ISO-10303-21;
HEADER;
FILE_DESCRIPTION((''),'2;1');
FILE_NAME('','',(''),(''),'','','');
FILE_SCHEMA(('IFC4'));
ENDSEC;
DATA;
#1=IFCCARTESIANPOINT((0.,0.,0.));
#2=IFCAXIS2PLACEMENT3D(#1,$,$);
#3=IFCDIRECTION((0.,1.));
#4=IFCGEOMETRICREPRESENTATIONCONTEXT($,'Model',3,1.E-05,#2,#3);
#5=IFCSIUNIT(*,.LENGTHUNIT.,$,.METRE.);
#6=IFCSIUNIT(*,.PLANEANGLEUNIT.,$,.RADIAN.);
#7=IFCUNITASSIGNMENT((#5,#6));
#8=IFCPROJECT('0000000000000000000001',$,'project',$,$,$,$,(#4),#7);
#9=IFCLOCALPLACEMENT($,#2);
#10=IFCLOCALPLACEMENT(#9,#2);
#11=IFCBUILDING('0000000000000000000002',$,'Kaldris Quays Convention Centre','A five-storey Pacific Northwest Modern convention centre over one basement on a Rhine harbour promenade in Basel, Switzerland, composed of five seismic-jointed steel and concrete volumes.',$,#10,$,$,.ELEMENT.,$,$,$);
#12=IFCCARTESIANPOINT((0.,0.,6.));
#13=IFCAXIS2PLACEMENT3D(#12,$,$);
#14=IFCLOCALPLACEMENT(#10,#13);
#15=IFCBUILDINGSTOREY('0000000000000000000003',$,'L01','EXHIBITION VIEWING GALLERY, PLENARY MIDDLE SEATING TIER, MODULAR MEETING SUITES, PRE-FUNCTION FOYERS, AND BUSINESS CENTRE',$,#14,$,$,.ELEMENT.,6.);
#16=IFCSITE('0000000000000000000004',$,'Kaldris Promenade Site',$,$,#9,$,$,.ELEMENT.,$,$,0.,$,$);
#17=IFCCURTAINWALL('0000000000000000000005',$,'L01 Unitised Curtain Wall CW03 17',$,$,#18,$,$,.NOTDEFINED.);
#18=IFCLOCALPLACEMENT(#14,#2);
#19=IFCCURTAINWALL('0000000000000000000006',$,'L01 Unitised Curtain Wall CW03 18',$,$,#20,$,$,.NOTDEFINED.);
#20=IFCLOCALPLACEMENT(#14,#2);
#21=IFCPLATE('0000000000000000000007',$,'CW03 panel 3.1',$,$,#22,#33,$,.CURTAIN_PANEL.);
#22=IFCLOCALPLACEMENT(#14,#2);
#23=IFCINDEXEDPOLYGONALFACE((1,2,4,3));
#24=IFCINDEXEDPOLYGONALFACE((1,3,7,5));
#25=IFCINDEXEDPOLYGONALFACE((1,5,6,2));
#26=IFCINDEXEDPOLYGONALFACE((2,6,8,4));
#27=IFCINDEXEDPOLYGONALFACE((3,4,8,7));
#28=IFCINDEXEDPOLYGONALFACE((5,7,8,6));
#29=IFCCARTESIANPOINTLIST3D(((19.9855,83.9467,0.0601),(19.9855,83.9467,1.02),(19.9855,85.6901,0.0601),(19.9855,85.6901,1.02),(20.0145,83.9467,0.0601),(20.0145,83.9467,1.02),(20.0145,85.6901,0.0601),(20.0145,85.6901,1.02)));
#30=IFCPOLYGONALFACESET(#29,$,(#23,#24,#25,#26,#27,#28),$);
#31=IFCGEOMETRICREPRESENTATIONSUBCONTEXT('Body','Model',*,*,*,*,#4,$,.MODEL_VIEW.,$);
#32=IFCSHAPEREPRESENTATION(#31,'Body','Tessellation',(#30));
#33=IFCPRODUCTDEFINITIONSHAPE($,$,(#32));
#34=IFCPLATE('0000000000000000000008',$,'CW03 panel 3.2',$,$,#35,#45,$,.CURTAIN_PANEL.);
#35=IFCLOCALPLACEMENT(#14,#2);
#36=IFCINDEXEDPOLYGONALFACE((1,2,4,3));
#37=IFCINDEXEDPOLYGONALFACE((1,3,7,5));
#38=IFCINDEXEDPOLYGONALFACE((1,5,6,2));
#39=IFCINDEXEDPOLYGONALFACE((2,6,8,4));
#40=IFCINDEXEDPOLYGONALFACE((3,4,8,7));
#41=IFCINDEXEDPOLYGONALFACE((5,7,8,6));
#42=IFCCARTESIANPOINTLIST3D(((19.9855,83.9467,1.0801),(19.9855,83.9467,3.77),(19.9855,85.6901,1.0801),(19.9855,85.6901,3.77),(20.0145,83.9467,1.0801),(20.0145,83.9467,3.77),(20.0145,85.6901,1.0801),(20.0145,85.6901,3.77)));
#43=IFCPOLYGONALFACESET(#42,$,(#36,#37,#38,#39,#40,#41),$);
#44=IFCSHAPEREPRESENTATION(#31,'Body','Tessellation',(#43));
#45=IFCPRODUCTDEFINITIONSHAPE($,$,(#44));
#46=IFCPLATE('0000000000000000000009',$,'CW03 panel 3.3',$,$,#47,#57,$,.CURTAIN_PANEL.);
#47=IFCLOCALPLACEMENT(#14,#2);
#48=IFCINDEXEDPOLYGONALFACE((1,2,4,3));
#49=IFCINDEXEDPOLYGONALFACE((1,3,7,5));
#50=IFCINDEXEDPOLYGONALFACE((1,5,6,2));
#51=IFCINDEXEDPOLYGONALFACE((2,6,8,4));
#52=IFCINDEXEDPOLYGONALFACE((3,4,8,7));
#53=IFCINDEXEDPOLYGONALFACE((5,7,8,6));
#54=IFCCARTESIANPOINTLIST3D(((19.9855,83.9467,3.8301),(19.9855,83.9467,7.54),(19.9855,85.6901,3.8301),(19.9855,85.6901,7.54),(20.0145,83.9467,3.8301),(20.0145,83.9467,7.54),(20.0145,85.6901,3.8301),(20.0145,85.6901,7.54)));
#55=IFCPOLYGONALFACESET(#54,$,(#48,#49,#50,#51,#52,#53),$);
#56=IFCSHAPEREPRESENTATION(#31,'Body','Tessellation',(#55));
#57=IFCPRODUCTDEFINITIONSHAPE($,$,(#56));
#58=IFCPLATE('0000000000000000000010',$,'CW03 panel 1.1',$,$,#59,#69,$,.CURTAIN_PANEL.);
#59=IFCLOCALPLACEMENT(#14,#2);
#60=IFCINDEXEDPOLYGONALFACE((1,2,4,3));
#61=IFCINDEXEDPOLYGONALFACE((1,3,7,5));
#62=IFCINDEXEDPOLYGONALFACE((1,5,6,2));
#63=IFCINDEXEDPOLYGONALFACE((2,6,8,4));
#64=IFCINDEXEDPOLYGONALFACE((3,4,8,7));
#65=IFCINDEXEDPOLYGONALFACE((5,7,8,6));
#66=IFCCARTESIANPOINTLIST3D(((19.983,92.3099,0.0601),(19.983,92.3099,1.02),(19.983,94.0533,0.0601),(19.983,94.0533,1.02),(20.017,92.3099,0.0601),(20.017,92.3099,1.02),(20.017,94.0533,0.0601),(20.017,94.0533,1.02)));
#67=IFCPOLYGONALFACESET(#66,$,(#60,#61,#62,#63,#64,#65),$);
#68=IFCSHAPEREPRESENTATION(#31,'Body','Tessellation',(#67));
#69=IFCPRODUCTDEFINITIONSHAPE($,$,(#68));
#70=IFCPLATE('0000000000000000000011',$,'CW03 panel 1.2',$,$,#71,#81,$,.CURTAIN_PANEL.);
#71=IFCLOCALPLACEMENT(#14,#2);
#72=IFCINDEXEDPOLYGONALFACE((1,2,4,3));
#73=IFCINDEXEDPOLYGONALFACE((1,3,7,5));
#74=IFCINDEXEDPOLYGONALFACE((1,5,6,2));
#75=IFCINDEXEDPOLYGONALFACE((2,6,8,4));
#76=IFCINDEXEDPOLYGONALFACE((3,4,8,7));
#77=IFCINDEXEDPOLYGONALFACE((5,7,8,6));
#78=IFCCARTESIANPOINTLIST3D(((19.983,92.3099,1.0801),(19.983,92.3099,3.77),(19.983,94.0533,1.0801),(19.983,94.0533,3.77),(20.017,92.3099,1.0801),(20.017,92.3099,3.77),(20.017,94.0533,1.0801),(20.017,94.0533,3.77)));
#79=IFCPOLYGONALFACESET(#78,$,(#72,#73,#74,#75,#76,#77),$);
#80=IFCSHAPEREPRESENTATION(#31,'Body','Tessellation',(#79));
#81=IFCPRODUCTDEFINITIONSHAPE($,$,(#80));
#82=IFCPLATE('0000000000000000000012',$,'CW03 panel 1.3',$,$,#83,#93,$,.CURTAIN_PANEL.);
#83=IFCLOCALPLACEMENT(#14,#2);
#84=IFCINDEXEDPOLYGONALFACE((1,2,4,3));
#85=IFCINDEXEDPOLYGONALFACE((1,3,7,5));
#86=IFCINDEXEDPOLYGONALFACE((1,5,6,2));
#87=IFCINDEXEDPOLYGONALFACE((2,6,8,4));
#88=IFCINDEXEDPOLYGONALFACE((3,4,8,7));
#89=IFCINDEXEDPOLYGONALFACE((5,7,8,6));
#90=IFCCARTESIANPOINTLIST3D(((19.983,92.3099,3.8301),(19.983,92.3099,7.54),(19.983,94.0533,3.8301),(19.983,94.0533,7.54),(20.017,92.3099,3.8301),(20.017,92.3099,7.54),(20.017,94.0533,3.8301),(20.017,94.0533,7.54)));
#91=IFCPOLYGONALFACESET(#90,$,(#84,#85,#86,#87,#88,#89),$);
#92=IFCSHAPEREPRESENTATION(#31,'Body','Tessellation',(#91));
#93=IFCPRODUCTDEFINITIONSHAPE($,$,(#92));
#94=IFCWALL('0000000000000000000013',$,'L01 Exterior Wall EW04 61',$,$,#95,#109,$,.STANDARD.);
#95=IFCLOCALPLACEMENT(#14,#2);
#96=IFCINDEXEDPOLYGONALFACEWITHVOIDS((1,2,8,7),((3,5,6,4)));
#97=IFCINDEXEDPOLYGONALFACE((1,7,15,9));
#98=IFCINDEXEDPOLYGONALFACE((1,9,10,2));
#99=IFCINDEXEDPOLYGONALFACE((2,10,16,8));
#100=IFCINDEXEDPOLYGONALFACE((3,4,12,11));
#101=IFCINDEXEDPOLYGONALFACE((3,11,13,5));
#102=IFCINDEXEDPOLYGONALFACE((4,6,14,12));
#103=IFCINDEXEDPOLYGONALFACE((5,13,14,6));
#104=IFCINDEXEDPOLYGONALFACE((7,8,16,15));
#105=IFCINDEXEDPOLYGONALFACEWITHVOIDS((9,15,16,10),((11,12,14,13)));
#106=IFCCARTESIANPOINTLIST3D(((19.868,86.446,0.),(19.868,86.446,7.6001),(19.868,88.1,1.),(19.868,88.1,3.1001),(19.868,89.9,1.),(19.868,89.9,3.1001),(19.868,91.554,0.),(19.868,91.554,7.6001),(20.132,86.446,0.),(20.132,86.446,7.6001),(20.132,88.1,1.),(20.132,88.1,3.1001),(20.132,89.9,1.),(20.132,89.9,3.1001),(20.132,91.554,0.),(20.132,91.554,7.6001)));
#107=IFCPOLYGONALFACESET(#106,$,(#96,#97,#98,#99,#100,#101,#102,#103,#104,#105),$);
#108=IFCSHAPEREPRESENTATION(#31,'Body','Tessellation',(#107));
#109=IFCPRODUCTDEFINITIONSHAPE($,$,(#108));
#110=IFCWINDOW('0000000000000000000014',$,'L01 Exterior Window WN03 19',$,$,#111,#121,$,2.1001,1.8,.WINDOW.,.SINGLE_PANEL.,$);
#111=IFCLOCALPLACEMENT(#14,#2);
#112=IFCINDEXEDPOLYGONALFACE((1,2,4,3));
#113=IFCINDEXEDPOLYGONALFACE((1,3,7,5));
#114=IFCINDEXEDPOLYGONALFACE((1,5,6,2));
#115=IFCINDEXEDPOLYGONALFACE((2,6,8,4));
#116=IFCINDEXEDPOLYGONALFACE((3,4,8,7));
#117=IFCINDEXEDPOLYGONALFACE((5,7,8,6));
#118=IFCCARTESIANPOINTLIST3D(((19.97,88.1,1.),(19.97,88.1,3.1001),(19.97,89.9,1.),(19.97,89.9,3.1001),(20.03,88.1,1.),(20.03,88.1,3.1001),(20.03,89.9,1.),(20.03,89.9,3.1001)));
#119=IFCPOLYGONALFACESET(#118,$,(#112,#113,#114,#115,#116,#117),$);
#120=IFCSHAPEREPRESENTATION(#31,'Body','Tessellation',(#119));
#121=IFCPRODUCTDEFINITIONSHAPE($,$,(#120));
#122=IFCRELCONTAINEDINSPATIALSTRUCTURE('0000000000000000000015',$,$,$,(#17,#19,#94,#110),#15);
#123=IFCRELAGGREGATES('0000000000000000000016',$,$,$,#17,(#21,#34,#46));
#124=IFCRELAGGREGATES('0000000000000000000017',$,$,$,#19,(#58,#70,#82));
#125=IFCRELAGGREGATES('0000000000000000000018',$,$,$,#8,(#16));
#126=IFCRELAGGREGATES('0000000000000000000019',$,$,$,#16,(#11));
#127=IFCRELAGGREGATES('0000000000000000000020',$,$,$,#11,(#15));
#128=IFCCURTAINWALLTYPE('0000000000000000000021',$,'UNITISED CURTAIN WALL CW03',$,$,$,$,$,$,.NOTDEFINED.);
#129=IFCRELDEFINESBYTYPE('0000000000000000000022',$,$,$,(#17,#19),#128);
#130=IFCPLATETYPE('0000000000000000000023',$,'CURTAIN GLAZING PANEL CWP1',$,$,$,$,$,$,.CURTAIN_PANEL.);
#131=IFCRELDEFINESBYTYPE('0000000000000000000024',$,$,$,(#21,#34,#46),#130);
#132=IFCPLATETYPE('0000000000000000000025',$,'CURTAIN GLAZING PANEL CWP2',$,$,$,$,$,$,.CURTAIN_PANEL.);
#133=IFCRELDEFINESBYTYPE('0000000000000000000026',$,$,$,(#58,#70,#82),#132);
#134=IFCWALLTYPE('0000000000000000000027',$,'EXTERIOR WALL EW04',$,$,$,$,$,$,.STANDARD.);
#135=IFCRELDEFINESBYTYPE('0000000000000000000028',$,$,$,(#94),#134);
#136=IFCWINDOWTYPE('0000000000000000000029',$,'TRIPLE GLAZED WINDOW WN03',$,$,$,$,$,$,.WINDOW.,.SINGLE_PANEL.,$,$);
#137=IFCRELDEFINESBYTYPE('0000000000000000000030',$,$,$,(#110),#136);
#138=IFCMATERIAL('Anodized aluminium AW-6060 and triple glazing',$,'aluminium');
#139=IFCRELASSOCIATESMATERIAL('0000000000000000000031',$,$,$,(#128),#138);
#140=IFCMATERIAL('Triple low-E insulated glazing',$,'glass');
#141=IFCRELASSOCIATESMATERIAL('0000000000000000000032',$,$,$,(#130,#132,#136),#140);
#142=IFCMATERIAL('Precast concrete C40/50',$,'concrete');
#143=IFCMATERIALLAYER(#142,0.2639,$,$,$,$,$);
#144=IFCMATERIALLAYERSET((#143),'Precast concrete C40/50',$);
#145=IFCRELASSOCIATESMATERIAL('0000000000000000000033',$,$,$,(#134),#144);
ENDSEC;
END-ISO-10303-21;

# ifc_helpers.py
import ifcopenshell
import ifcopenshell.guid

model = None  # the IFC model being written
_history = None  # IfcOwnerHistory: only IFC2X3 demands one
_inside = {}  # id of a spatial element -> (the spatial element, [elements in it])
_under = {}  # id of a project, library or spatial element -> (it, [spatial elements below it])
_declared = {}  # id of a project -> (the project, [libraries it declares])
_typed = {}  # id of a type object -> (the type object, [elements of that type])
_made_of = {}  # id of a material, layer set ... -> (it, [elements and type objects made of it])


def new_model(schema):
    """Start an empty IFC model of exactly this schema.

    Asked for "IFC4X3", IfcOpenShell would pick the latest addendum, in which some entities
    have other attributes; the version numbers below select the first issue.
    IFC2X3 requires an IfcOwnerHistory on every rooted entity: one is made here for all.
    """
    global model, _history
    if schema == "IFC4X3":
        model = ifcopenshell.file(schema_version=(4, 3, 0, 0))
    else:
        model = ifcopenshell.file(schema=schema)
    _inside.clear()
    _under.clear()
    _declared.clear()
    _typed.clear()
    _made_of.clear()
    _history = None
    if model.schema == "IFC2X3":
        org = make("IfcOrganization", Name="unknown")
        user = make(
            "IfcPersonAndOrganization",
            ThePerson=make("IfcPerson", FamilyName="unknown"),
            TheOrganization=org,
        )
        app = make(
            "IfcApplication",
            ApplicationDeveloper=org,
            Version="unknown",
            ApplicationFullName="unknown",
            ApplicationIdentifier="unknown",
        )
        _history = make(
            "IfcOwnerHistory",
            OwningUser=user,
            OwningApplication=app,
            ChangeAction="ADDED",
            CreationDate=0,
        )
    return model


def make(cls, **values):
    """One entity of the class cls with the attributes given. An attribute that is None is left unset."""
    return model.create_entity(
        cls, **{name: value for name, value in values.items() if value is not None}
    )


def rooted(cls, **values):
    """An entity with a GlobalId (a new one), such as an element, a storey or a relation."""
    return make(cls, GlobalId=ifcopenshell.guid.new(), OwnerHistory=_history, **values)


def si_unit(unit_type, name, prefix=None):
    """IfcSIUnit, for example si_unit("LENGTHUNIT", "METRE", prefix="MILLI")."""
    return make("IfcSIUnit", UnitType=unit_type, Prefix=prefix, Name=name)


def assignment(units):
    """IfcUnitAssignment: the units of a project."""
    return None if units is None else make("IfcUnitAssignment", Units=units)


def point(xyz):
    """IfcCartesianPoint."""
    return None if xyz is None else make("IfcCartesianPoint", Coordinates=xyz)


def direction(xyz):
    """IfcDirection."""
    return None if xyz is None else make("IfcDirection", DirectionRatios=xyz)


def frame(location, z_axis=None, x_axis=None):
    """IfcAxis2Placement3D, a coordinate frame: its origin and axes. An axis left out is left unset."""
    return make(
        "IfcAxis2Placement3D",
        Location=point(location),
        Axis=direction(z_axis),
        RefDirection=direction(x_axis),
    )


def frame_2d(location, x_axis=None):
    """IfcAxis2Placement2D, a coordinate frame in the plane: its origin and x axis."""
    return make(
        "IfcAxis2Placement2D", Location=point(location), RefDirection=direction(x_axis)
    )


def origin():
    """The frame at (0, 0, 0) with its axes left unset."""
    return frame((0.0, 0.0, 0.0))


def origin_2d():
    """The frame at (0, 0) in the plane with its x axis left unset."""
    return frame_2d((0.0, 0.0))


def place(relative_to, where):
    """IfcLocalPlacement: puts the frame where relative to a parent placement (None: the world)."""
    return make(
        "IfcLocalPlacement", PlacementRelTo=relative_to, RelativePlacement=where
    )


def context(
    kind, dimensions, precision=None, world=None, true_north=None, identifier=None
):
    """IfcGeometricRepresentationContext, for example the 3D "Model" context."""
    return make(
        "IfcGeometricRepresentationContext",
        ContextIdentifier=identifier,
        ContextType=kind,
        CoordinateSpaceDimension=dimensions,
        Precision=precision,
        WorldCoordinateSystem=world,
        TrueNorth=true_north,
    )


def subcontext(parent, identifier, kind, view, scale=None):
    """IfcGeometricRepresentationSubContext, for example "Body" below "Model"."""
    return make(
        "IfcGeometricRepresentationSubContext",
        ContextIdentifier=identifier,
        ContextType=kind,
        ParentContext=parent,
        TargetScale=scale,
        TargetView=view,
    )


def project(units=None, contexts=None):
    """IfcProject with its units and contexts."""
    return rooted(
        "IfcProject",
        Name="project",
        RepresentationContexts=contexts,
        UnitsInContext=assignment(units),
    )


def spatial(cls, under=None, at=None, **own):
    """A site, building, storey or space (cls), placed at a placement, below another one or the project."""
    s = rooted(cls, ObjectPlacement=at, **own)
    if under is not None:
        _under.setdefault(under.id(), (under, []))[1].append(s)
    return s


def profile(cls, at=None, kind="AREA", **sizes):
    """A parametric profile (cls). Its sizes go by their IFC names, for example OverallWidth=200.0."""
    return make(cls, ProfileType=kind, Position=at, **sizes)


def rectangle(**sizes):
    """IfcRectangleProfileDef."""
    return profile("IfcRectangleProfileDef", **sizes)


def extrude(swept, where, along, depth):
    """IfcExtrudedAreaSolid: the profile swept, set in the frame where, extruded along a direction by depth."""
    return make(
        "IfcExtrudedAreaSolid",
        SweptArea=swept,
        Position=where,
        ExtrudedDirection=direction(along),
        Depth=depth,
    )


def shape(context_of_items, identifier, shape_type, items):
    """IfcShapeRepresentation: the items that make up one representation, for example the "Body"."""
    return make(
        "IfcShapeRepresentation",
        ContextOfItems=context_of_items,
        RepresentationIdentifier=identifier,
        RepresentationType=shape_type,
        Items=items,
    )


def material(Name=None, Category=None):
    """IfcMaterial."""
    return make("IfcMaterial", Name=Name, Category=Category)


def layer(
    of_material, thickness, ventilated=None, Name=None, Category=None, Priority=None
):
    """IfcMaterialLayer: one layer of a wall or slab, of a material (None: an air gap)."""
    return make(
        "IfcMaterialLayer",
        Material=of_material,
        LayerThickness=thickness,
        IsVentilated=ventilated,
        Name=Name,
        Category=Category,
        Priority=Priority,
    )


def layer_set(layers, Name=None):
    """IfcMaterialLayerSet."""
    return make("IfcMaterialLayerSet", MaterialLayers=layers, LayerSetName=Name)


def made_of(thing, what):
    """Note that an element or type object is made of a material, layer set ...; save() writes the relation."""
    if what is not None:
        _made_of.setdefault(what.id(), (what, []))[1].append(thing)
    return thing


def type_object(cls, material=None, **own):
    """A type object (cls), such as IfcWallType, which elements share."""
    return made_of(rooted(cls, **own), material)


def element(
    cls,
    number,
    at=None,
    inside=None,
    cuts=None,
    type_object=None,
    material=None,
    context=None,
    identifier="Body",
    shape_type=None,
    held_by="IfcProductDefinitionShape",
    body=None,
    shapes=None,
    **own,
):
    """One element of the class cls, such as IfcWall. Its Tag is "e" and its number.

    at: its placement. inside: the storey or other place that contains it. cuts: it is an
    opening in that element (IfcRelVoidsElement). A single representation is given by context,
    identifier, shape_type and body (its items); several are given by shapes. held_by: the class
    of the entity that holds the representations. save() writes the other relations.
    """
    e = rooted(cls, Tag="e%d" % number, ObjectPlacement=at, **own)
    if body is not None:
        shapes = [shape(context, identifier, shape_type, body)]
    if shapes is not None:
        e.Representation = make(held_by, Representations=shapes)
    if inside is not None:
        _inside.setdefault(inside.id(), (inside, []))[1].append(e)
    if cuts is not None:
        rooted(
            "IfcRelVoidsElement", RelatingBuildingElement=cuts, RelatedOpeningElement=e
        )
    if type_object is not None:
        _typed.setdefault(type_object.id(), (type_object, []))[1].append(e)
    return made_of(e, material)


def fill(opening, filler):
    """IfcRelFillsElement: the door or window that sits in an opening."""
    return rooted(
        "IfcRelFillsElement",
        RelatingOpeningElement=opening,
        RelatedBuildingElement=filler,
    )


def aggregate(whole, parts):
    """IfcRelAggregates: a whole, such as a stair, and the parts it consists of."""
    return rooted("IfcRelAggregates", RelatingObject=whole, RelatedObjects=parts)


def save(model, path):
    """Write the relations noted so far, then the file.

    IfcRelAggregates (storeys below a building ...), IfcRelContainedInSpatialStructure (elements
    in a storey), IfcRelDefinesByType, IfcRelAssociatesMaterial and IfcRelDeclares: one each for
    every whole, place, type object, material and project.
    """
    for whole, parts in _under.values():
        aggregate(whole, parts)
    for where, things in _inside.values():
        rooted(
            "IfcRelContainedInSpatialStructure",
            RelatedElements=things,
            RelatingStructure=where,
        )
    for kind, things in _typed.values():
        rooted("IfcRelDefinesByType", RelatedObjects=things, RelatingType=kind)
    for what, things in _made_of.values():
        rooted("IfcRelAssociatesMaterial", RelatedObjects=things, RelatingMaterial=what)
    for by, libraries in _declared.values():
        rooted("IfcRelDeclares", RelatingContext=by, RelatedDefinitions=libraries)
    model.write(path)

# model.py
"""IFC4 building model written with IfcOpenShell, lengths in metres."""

from ifc_helpers import new_model, si_unit, direction, frame, frame_2d, origin, origin_2d, place, context, subcontext, project, spatial, rectangle, extrude, material, layer, layer_set, type_object, element, fill, aggregate, save


model = new_model("IFC4")

# Units and contexts
model_context = context("Model", 3, precision=1e-05, world=origin(), true_north=direction((0.0, 1.0)))
body_context = subcontext(model_context, "Body", "Model", "MODEL_VIEW")
ifc_project = project(units=[si_unit("LENGTHUNIT", "METRE"), si_unit("PLANEANGLEUNIT", "RADIAN")], contexts=[model_context])

# Site, building, storey
site_placement = place(None, origin())
site = spatial("IfcSite", under=ifc_project, at=site_placement, Name="Kaldris Promenade Site", CompositionType="ELEMENT", RefElevation=0.0)
building_placement = place(site_placement, origin())
building = spatial("IfcBuilding", under=site, at=building_placement, Name="Kaldris Quays Convention Centre", Description="A five-storey Pacific Northwest Modern convention centre over one basement on a Rhine harbour promenade in Basel, Switzerland, composed of five seismic-jointed steel and concrete volumes.", CompositionType="ELEMENT")
storey_placement = place(building_placement, frame((0.0, 0.0, 6.0)))
storey = spatial("IfcBuildingStorey", under=building, at=storey_placement, Name="L01", Description="EXHIBITION VIEWING GALLERY, PLENARY MIDDLE SEATING TIER, MODULAR MEETING SUITES, PRE-FUNCTION FOYERS, AND BUSINESS CENTRE", CompositionType="ELEMENT", Elevation=6.0)

# Curtain walls
ifc_material_1 = material(Name="Anodized aluminium AW-6060 and triple glazing", Category="aluminium")
curtain_wall_type = type_object("IfcCurtainWallType", Name="UNITISED CURTAIN WALL CW03", PredefinedType="NOTDEFINED", material=ifc_material_1)
curtain_wall_1_placement = place(storey_placement, origin())
curtain_wall_1 = element("IfcCurtainWall", 1, at=curtain_wall_1_placement, inside=storey, type_object=curtain_wall_type, Name="L01 Unitised Curtain Wall CW03 17", PredefinedType="NOTDEFINED")
curtain_wall_2_placement = place(storey_placement, origin())
curtain_wall_2 = element("IfcCurtainWall", 2, at=curtain_wall_2_placement, inside=storey, type_object=curtain_wall_type, Name="L01 Unitised Curtain Wall CW03 18", PredefinedType="NOTDEFINED")

# Plates
ifc_material_2 = material(Name="Triple low-E insulated glazing", Category="glass")
plate_type_1 = type_object("IfcPlateType", Name="CURTAIN GLAZING PANEL CWP1", PredefinedType="CURTAIN_PANEL", material=ifc_material_2)
plate_1_placement = place(storey_placement, frame((20.0, 84.8184, 0.0601), z_axis=(0.0, 0.0, 1.0), x_axis=(0.0, 1.0, 0.0)))
plate_1 = element("IfcPlate", 3, at=plate_1_placement, type_object=plate_type_1, Name="CW03 panel 3.1", PredefinedType="CURTAIN_PANEL", context=body_context, shape_type="SweptSolid", body=[
    extrude(rectangle(XDim=1.7434, YDim=0.0291, at=origin_2d()), origin(), (0.0, 0.0, 1.0), 0.96),
])
plate_2_placement = place(storey_placement, frame((20.0, 84.8184, 1.0801), z_axis=(0.0, 0.0, 1.0), x_axis=(0.0, 1.0, 0.0)))
plate_2 = element("IfcPlate", 4, at=plate_2_placement, type_object=plate_type_1, Name="CW03 panel 3.2", PredefinedType="CURTAIN_PANEL", context=body_context, shape_type="SweptSolid", body=[
    extrude(rectangle(XDim=1.7434, YDim=0.0291, at=origin_2d()), origin(), (0.0, 0.0, 1.0), 2.6899),
])
plate_3_placement = place(storey_placement, frame((20.0, 84.8184, 3.8301), z_axis=(0.0, 0.0, 1.0), x_axis=(0.0, 1.0, 0.0)))
plate_3 = element("IfcPlate", 5, at=plate_3_placement, type_object=plate_type_1, Name="CW03 panel 3.3", PredefinedType="CURTAIN_PANEL", context=body_context, shape_type="SweptSolid", body=[
    extrude(rectangle(XDim=1.7434, YDim=0.0291, at=origin_2d()), origin(), (0.0, 0.0, 1.0), 3.71),
])
aggregate(curtain_wall_1, [plate_1, plate_2, plate_3])
plate_type_2 = type_object("IfcPlateType", Name="CURTAIN GLAZING PANEL CWP2", PredefinedType="CURTAIN_PANEL", material=ifc_material_2)
plate_4_placement = place(storey_placement, frame((20.0, 93.1816, 0.0601), z_axis=(0.0, 0.0, 1.0), x_axis=(0.0, 1.0, 0.0)))
plate_4 = element("IfcPlate", 6, at=plate_4_placement, type_object=plate_type_2, Name="CW03 panel 1.1", PredefinedType="CURTAIN_PANEL", context=body_context, shape_type="SweptSolid", body=[
    extrude(rectangle(XDim=1.7434, YDim=0.0339, at=origin_2d()), origin(), (0.0, 0.0, 1.0), 0.96),
])
plate_5_placement = place(storey_placement, frame((20.0, 93.1816, 1.0801), z_axis=(0.0, 0.0, 1.0), x_axis=(0.0, 1.0, 0.0)))
plate_5 = element("IfcPlate", 7, at=plate_5_placement, type_object=plate_type_2, Name="CW03 panel 1.2", PredefinedType="CURTAIN_PANEL", context=body_context, shape_type="SweptSolid", body=[
    extrude(rectangle(XDim=1.7434, YDim=0.0339, at=origin_2d()), origin(), (0.0, 0.0, 1.0), 2.6899),
])
plate_6_placement = place(storey_placement, frame((20.0, 93.1816, 3.8301), z_axis=(0.0, 0.0, 1.0), x_axis=(0.0, 1.0, 0.0)))
plate_6 = element("IfcPlate", 8, at=plate_6_placement, type_object=plate_type_2, Name="CW03 panel 1.3", PredefinedType="CURTAIN_PANEL", context=body_context, shape_type="SweptSolid", body=[
    extrude(rectangle(XDim=1.7434, YDim=0.0339, at=origin_2d()), origin(), (0.0, 0.0, 1.0), 3.71),
])
aggregate(curtain_wall_2, [plate_4, plate_5, plate_6])

# Wall, opening, window
ifc_material_3 = material(Name="Precast concrete C40/50", Category="concrete")
ifc_layer = layer(ifc_material_3, 0.2639)
ifc_layer_set = layer_set([ifc_layer], Name="Precast concrete C40/50")
wall_type = type_object("IfcWallType", Name="EXTERIOR WALL EW04", PredefinedType="STANDARD", material=ifc_layer_set)
wall_placement = place(storey_placement, frame((20.0, 86.446, 0.0), z_axis=(0.0, 0.0, 1.0), x_axis=(0.0, 1.0, 0.0)))
wall = element("IfcWall", 9, at=wall_placement, inside=storey, type_object=wall_type, Name="L01 Exterior Wall EW04 61", PredefinedType="STANDARD", context=body_context, shape_type="SweptSolid", body=[
    extrude(rectangle(XDim=5.1079, YDim=0.2639, at=frame_2d((2.554, 0.0))), origin(), (0.0, 0.0, 1.0), 7.6001),
])
opening_placement = place(wall_placement, frame((1.6541, 0.0, 1.0)))
opening = element("IfcOpeningElement", 10, at=opening_placement, cuts=wall, PredefinedType="OPENING", context=body_context, shape_type="SweptSolid", body=[
    extrude(rectangle(XDim=1.8, YDim=2.1001, at=frame_2d((0.8999, 1.05))), frame((0.0, 0.1421, 0.0), z_axis=(0.0, -1.0, 0.0), x_axis=(1.0, 0.0, 0.0)), (0.0, 0.0, 1.0), 0.2839),
])
window_type = type_object("IfcWindowType", Name="TRIPLE GLAZED WINDOW WN03", PartitioningType="SINGLE_PANEL", PredefinedType="WINDOW", material=ifc_material_2)
window_placement = place(opening_placement, origin())
window = element("IfcWindow", 11, at=window_placement, inside=storey, type_object=window_type, Name="L01 Exterior Window WN03 19", OverallHeight=2.1001, OverallWidth=1.8, PartitioningType="SINGLE_PANEL", PredefinedType="WINDOW", context=body_context, shape_type="SweptSolid", body=[
    extrude(rectangle(XDim=1.8, YDim=2.1001, at=frame_2d((0.8999, 1.05))), frame((0.0, 0.03, 0.0), z_axis=(0.0, -1.0, 0.0), x_axis=(1.0, 0.0, 0.0)), (0.0, 0.0, 1.0), 0.0601),
])
fill(opening, window)

save(model, "model.ifc")
